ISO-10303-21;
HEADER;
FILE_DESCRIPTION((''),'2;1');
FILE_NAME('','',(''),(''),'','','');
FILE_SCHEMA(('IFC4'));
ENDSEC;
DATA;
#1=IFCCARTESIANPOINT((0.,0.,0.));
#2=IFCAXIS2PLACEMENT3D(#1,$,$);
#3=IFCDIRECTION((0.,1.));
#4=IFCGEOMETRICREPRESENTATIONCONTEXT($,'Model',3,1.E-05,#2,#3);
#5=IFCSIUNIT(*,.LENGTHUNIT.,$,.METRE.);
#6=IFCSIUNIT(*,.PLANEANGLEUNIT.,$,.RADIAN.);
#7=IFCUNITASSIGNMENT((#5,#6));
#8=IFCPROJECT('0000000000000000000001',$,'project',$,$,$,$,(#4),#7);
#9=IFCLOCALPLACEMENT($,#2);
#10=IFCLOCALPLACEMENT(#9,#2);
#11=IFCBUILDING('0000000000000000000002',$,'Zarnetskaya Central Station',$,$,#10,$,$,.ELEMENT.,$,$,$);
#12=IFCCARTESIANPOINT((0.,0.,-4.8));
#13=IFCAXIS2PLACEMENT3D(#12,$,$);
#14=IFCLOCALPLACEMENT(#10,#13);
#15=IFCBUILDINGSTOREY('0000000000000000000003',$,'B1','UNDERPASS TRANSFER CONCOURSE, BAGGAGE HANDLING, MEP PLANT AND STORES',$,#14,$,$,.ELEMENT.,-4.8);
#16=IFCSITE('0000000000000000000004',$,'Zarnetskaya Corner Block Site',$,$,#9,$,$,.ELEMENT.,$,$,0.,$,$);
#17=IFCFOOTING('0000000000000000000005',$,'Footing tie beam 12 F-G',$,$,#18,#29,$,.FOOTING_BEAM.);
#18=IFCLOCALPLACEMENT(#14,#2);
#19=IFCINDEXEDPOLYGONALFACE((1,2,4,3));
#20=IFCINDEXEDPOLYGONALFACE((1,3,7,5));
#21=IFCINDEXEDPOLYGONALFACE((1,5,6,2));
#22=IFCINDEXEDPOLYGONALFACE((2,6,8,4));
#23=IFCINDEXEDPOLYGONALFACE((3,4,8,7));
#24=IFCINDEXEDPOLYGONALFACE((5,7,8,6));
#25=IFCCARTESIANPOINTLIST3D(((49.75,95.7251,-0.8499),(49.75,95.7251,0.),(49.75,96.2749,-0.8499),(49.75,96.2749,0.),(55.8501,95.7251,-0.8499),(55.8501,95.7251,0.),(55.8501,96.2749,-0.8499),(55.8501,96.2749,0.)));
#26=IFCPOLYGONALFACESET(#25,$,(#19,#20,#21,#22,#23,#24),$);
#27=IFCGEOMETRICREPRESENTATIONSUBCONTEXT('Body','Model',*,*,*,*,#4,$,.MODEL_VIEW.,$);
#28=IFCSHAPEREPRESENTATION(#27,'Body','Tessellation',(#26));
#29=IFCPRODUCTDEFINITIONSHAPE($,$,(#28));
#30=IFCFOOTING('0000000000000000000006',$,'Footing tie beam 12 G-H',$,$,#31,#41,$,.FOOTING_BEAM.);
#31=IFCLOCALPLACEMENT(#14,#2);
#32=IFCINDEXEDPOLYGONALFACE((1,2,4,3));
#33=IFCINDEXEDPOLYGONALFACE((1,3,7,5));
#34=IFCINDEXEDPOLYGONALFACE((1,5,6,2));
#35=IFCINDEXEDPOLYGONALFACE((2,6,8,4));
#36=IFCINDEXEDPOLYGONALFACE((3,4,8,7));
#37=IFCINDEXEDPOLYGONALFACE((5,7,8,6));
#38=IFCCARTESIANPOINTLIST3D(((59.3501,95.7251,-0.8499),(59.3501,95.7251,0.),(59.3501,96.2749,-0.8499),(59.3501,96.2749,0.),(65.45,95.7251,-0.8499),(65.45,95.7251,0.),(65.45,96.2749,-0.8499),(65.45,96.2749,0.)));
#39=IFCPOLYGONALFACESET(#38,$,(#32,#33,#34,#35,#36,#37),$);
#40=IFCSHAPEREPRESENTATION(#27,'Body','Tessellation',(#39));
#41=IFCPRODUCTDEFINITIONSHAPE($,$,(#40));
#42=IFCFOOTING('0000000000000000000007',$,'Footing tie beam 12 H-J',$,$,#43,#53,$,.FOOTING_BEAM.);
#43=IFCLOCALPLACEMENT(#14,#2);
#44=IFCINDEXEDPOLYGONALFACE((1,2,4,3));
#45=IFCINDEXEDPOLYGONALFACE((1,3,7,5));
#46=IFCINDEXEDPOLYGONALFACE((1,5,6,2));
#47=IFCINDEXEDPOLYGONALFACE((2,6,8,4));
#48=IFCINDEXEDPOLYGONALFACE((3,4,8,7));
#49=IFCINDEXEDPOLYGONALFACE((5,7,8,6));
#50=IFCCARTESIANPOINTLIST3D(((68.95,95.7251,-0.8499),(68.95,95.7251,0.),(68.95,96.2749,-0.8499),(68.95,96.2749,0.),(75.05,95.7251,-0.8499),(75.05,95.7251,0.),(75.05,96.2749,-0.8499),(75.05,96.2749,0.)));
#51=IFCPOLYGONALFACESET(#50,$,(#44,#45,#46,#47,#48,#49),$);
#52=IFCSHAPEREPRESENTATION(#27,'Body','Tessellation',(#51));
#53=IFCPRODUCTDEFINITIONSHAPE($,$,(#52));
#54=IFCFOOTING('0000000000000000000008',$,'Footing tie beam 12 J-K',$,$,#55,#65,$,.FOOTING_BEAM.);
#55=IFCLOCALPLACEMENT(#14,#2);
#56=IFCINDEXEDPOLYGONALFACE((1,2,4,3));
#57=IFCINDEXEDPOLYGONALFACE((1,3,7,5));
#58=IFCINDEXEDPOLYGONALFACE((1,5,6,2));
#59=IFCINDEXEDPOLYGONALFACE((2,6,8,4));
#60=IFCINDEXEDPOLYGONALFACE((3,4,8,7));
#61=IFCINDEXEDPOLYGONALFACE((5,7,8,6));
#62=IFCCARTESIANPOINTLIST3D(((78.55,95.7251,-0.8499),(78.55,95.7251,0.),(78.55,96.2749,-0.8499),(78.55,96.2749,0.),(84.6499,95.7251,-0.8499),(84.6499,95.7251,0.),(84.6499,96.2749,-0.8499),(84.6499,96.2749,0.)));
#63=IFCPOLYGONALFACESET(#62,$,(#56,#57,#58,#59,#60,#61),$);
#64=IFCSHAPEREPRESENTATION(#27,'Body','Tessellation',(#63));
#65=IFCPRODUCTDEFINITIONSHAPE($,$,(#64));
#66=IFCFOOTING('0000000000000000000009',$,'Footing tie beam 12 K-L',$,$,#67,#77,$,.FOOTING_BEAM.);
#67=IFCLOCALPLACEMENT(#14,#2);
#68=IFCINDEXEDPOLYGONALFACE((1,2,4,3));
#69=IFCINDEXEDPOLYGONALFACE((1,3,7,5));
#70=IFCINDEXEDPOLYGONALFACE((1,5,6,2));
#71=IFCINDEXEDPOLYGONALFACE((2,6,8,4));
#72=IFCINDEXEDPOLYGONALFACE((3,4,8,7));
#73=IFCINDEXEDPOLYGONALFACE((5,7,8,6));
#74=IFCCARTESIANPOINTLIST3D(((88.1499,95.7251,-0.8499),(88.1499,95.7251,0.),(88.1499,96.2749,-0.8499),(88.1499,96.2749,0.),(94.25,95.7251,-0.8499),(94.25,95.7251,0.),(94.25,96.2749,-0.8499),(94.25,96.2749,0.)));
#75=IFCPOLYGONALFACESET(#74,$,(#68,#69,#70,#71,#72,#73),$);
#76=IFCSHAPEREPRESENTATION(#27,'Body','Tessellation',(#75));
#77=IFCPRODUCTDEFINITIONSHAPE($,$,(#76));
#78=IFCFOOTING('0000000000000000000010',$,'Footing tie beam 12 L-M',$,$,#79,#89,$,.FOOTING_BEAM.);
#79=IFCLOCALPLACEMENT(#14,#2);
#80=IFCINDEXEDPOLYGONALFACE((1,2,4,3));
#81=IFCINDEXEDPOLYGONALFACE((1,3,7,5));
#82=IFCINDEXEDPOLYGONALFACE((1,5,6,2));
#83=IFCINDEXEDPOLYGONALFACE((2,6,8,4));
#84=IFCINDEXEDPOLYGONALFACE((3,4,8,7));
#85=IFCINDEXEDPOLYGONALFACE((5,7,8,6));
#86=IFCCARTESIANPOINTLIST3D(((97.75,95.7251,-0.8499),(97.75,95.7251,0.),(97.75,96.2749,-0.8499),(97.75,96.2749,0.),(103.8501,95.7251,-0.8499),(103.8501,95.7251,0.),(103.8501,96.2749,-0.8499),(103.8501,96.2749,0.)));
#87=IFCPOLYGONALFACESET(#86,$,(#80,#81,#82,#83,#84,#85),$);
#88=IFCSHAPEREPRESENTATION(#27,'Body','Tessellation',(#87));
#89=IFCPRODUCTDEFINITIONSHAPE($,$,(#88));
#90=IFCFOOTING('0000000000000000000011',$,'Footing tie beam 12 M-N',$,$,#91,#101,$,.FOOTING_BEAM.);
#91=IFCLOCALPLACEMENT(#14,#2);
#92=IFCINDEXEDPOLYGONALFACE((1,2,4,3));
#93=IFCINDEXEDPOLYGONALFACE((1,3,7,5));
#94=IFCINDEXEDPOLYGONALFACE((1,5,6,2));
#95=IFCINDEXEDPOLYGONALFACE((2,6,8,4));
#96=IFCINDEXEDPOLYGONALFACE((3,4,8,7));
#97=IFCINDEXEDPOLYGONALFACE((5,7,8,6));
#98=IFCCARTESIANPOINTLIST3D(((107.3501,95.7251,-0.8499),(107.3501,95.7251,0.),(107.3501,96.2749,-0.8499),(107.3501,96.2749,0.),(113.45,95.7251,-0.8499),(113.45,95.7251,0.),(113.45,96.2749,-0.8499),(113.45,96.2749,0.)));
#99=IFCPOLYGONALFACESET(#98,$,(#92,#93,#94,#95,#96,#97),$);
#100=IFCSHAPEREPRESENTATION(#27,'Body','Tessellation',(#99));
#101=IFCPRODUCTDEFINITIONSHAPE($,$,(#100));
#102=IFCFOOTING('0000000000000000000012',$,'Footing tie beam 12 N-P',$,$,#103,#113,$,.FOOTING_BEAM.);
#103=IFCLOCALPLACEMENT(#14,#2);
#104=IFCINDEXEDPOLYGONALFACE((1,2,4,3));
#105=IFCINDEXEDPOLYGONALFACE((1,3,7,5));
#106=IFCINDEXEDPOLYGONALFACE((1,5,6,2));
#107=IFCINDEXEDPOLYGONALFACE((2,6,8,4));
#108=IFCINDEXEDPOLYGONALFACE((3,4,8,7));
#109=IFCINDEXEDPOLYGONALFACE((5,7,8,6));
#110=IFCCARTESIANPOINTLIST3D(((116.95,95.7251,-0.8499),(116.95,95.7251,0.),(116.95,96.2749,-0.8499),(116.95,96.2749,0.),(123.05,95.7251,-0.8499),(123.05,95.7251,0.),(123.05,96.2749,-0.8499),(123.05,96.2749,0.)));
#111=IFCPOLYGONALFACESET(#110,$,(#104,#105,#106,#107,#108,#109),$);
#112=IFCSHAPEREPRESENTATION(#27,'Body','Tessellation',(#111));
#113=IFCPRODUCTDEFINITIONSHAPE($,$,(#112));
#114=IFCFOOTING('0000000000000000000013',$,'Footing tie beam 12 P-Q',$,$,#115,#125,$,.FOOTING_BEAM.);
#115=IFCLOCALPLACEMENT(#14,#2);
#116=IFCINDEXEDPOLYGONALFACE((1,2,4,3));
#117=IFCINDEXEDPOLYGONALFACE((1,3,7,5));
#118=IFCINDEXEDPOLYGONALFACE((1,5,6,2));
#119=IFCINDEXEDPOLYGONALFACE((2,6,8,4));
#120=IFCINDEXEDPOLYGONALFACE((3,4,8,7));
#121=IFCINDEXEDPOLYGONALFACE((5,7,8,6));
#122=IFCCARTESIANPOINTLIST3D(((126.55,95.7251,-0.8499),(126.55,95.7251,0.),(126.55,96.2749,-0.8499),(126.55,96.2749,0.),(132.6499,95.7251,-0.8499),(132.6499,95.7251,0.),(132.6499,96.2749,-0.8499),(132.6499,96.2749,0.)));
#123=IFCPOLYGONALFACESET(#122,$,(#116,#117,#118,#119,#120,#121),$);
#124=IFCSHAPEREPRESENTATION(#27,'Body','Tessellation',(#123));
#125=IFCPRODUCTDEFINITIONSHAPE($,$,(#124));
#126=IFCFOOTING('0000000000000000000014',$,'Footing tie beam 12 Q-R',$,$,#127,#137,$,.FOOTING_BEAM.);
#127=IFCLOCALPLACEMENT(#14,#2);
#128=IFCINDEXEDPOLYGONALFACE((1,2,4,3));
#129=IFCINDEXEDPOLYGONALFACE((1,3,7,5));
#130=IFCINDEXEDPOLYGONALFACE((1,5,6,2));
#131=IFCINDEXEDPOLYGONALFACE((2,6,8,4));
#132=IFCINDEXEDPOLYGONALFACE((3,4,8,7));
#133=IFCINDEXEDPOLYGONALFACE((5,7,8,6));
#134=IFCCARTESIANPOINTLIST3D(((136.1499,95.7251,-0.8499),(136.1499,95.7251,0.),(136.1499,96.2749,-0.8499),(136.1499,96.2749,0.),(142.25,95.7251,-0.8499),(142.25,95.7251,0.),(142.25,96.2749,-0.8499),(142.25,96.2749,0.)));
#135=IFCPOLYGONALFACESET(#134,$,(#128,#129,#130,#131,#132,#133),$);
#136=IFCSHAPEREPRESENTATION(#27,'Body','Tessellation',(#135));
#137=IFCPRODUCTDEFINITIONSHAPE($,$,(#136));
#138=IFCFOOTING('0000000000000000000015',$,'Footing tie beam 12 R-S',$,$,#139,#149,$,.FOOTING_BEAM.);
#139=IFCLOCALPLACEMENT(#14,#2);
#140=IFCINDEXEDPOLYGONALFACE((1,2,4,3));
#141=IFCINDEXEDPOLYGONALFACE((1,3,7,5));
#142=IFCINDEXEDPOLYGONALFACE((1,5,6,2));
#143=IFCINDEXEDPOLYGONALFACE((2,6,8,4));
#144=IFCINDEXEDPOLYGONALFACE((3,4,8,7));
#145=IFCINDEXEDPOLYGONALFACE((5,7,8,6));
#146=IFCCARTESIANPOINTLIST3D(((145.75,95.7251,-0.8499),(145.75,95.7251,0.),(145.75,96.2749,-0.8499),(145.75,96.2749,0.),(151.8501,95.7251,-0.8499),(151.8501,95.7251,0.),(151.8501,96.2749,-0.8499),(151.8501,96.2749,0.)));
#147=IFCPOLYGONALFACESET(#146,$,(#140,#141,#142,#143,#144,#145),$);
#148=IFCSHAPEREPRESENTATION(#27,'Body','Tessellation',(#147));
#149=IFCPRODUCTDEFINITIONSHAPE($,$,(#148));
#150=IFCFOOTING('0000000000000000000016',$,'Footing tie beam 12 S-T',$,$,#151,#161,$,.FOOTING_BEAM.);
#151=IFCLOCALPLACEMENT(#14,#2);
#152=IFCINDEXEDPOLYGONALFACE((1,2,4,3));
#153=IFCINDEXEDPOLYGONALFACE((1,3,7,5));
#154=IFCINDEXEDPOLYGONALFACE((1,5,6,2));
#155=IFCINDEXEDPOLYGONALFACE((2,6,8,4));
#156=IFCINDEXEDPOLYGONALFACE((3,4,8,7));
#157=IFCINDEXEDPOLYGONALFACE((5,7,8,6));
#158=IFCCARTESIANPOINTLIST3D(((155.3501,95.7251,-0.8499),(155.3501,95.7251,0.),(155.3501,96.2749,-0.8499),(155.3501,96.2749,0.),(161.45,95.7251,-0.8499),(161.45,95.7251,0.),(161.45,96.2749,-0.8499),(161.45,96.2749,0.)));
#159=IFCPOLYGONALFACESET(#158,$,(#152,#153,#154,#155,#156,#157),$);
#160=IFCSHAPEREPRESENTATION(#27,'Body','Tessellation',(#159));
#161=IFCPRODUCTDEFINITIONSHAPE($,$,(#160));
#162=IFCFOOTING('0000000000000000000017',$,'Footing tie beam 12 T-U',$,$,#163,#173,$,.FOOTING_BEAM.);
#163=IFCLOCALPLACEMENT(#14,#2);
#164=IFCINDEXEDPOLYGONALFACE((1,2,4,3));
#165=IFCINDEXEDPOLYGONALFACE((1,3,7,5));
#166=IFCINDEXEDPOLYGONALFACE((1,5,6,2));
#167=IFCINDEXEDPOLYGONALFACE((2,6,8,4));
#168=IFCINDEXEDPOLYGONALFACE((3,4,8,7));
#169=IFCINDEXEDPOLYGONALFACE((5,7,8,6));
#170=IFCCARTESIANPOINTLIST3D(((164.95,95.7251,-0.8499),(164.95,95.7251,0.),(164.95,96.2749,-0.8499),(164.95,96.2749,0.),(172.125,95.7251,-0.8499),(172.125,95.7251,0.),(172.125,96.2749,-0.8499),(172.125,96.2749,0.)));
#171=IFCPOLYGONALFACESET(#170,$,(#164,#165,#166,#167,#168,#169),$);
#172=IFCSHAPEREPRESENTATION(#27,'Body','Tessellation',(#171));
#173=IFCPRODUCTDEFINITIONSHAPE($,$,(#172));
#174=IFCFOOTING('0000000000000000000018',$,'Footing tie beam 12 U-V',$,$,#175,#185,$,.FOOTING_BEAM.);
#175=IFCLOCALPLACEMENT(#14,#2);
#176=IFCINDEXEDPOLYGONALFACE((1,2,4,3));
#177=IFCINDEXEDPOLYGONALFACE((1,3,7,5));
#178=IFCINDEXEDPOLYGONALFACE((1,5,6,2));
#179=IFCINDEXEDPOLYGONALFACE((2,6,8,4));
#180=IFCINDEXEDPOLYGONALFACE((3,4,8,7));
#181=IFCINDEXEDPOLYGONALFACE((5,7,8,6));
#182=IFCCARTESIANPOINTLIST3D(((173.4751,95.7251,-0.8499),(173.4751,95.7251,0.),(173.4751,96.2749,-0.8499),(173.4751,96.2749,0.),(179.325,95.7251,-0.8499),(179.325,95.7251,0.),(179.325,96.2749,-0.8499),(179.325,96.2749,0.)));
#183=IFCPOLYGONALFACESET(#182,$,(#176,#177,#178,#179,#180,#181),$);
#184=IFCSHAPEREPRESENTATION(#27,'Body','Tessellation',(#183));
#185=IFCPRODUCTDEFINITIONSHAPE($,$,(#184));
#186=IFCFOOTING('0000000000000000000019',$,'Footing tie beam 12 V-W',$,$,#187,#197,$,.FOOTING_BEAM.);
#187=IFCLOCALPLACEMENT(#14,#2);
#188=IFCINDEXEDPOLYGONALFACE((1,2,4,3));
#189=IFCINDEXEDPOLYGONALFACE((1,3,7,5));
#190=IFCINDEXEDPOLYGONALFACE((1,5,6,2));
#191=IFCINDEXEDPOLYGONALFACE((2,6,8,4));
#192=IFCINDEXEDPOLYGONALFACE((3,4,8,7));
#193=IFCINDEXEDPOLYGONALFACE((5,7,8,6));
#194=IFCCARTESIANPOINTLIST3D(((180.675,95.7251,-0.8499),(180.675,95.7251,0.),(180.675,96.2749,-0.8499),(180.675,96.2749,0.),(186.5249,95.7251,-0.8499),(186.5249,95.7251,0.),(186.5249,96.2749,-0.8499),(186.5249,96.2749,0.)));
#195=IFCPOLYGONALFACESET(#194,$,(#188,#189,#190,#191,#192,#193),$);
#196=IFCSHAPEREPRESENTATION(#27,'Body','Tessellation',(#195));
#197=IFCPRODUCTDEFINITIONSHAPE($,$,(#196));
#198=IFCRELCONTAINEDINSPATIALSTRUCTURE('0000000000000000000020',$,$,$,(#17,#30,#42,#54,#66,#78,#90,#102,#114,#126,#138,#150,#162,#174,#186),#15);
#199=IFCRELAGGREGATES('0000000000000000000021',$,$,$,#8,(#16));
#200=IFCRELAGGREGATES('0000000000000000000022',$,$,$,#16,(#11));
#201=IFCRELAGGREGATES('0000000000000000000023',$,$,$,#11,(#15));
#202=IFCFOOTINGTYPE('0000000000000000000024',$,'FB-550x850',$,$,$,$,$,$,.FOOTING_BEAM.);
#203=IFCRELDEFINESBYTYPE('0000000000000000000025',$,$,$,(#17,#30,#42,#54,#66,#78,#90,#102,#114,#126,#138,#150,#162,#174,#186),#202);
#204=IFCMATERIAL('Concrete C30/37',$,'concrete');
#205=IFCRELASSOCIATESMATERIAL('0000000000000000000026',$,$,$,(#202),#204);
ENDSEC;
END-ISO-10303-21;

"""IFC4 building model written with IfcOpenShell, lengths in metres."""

from ifc_helpers import new_model, si_unit, direction, frame, origin, place, context, subcontext, project, spatial, polyline, outline, extrude, material, type_object, element, save


model = new_model("IFC4")

# Units and contexts
model_context = context("Model", 3, precision=1e-05, world=origin(), true_north=direction((0.0, 1.0)))
body_context = subcontext(model_context, "Body", "Model", "MODEL_VIEW")
ifc_project = project(units=[si_unit("LENGTHUNIT", "METRE"), si_unit("PLANEANGLEUNIT", "RADIAN")], contexts=[model_context])

# Site, building, storey
site_placement = place(None, origin())
site = spatial("IfcSite", under=ifc_project, at=site_placement, Name="Zarnetskaya Corner Block Site", CompositionType="ELEMENT", RefElevation=0.0)
building_placement = place(site_placement, origin())
building = spatial("IfcBuilding", under=site, at=building_placement, Name="Zarnetskaya Central Station", CompositionType="ELEMENT")
storey_placement = place(building_placement, frame((0.0, 0.0, -4.8)))
storey = spatial("IfcBuildingStorey", under=building, at=storey_placement, Name="B1", Description="UNDERPASS TRANSFER CONCOURSE, BAGGAGE HANDLING, MEP PLANT AND STORES", CompositionType="ELEMENT", Elevation=-4.8)

# Footings
ifc_material = material(Name="Concrete C30/37", Category="concrete")
footing_type = type_object("IfcFootingType", Name="FB-550x850", PredefinedType="FOOTING_BEAM", material=ifc_material)
footing_1_placement = place(storey_placement, frame((0.0, 0.0, -0.8499)))
element("IfcFooting", 1, at=footing_1_placement, inside=storey, type_object=footing_type, Name="Footing tie beam 12 F-G", PredefinedType="FOOTING_BEAM", context=body_context, shape_type="SweptSolid", body=[
    extrude(outline(polyline([(49.75, 95.7251), (55.8501, 95.7251), (55.8501, 96.2749), (49.75, 96.2749), (49.75, 95.7251)])), origin(), (0.0, 0.0, 1.0), 0.8499),
])
footing_2_placement = place(storey_placement, frame((0.0, 0.0, -0.8499)))
element("IfcFooting", 2, at=footing_2_placement, inside=storey, type_object=footing_type, Name="Footing tie beam 12 G-H", PredefinedType="FOOTING_BEAM", context=body_context, shape_type="SweptSolid", body=[
    extrude(outline(polyline([(59.3501, 95.7251), (65.45, 95.7251), (65.45, 96.2749), (59.3501, 96.2749), (59.3501, 95.7251)])), origin(), (0.0, 0.0, 1.0), 0.8499),
])
footing_3_placement = place(storey_placement, frame((0.0, 0.0, -0.8499)))
element("IfcFooting", 3, at=footing_3_placement, inside=storey, type_object=footing_type, Name="Footing tie beam 12 H-J", PredefinedType="FOOTING_BEAM", context=body_context, shape_type="SweptSolid", body=[
    extrude(outline(polyline([(68.95, 95.7251), (75.05, 95.7251), (75.05, 96.2749), (68.95, 96.2749), (68.95, 95.7251)])), origin(), (0.0, 0.0, 1.0), 0.8499),
])
footing_4_placement = place(storey_placement, frame((0.0, 0.0, -0.8499)))
element("IfcFooting", 4, at=footing_4_placement, inside=storey, type_object=footing_type, Name="Footing tie beam 12 J-K", PredefinedType="FOOTING_BEAM", context=body_context, shape_type="SweptSolid", body=[
    extrude(outline(polyline([(78.55, 95.7251), (84.6499, 95.7251), (84.6499, 96.2749), (78.55, 96.2749), (78.55, 95.7251)])), origin(), (0.0, 0.0, 1.0), 0.8499),
])
footing_5_placement = place(storey_placement, frame((0.0, 0.0, -0.8499)))
element("IfcFooting", 5, at=footing_5_placement, inside=storey, type_object=footing_type, Name="Footing tie beam 12 K-L", PredefinedType="FOOTING_BEAM", context=body_context, shape_type="SweptSolid", body=[
    extrude(outline(polyline([(88.1499, 95.7251), (94.25, 95.7251), (94.25, 96.2749), (88.1499, 96.2749), (88.1499, 95.7251)])), origin(), (0.0, 0.0, 1.0), 0.8499),
])
footing_6_placement = place(storey_placement, frame((0.0, 0.0, -0.8499)))
element("IfcFooting", 6, at=footing_6_placement, inside=storey, type_object=footing_type, Name="Footing tie beam 12 L-M", PredefinedType="FOOTING_BEAM", context=body_context, shape_type="SweptSolid", body=[
    extrude(outline(polyline([(97.75, 95.7251), (103.8501, 95.7251), (103.8501, 96.2749), (97.75, 96.2749), (97.75, 95.7251)])), origin(), (0.0, 0.0, 1.0), 0.8499),
])
footing_7_placement = place(storey_placement, frame((0.0, 0.0, -0.8499)))
element("IfcFooting", 7, at=footing_7_placement, inside=storey, type_object=footing_type, Name="Footing tie beam 12 M-N", PredefinedType="FOOTING_BEAM", context=body_context, shape_type="SweptSolid", body=[
    extrude(outline(polyline([(107.3501, 95.7251), (113.45, 95.7251), (113.45, 96.2749), (107.3501, 96.2749), (107.3501, 95.7251)])), origin(), (0.0, 0.0, 1.0), 0.8499),
])
footing_8_placement = place(storey_placement, frame((0.0, 0.0, -0.8499)))
element("IfcFooting", 8, at=footing_8_placement, inside=storey, type_object=footing_type, Name="Footing tie beam 12 N-P", PredefinedType="FOOTING_BEAM", context=body_context, shape_type="SweptSolid", body=[
    extrude(outline(polyline([(116.95, 95.7251), (123.05, 95.7251), (123.05, 96.2749), (116.95, 96.2749), (116.95, 95.7251)])), origin(), (0.0, 0.0, 1.0), 0.8499),
])
footing_9_placement = place(storey_placement, frame((0.0, 0.0, -0.8499)))
element("IfcFooting", 9, at=footing_9_placement, inside=storey, type_object=footing_type, Name="Footing tie beam 12 P-Q", PredefinedType="FOOTING_BEAM", context=body_context, shape_type="SweptSolid", body=[
    extrude(outline(polyline([(126.55, 95.7251), (132.6499, 95.7251), (132.6499, 96.2749), (126.55, 96.2749), (126.55, 95.7251)])), origin(), (0.0, 0.0, 1.0), 0.8499),
])
footing_10_placement = place(storey_placement, frame((0.0, 0.0, -0.8499)))
element("IfcFooting", 10, at=footing_10_placement, inside=storey, type_object=footing_type, Name="Footing tie beam 12 Q-R", PredefinedType="FOOTING_BEAM", context=body_context, shape_type="SweptSolid", body=[
    extrude(outline(polyline([(136.1499, 95.7251), (142.25, 95.7251), (142.25, 96.2749), (136.1499, 96.2749), (136.1499, 95.7251)])), origin(), (0.0, 0.0, 1.0), 0.8499),
])
footing_11_placement = place(storey_placement, frame((0.0, 0.0, -0.8499)))
element("IfcFooting", 11, at=footing_11_placement, inside=storey, type_object=footing_type, Name="Footing tie beam 12 R-S", PredefinedType="FOOTING_BEAM", context=body_context, shape_type="SweptSolid", body=[
    extrude(outline(polyline([(145.75, 95.7251), (151.8501, 95.7251), (151.8501, 96.2749), (145.75, 96.2749), (145.75, 95.7251)])), origin(), (0.0, 0.0, 1.0), 0.8499),
])
footing_12_placement = place(storey_placement, frame((0.0, 0.0, -0.8499)))
element("IfcFooting", 12, at=footing_12_placement, inside=storey, type_object=footing_type, Name="Footing tie beam 12 S-T", PredefinedType="FOOTING_BEAM", context=body_context, shape_type="SweptSolid", body=[
    extrude(outline(polyline([(155.3501, 95.7251), (161.45, 95.7251), (161.45, 96.2749), (155.3501, 96.2749), (155.3501, 95.7251)])), origin(), (0.0, 0.0, 1.0), 0.8499),
])
footing_13_placement = place(storey_placement, frame((0.0, 0.0, -0.8499)))
element("IfcFooting", 13, at=footing_13_placement, inside=storey, type_object=footing_type, Name="Footing tie beam 12 T-U", PredefinedType="FOOTING_BEAM", context=body_context, shape_type="SweptSolid", body=[
    extrude(outline(polyline([(164.95, 95.7251), (172.125, 95.7251), (172.125, 96.2749), (164.95, 96.2749), (164.95, 95.7251)])), origin(), (0.0, 0.0, 1.0), 0.8499),
])
footing_14_placement = place(storey_placement, frame((0.0, 0.0, -0.8499)))
element("IfcFooting", 14, at=footing_14_placement, inside=storey, type_object=footing_type, Name="Footing tie beam 12 U-V", PredefinedType="FOOTING_BEAM", context=body_context, shape_type="SweptSolid", body=[
    extrude(outline(polyline([(173.4751, 95.7251), (179.325, 95.7251), (179.325, 96.2749), (173.4751, 96.2749), (173.4751, 95.7251)])), origin(), (0.0, 0.0, 1.0), 0.8499),
])
footing_15_placement = place(storey_placement, frame((0.0, 0.0, -0.8499)))
element("IfcFooting", 15, at=footing_15_placement, inside=storey, type_object=footing_type, Name="Footing tie beam 12 V-W", PredefinedType="FOOTING_BEAM", context=body_context, shape_type="SweptSolid", body=[
    extrude(outline(polyline([(180.675, 95.7251), (186.5249, 95.7251), (186.5249, 96.2749), (180.675, 96.2749), (180.675, 95.7251)])), origin(), (0.0, 0.0, 1.0), 0.8499),
])

save(model, "model.ifc")
